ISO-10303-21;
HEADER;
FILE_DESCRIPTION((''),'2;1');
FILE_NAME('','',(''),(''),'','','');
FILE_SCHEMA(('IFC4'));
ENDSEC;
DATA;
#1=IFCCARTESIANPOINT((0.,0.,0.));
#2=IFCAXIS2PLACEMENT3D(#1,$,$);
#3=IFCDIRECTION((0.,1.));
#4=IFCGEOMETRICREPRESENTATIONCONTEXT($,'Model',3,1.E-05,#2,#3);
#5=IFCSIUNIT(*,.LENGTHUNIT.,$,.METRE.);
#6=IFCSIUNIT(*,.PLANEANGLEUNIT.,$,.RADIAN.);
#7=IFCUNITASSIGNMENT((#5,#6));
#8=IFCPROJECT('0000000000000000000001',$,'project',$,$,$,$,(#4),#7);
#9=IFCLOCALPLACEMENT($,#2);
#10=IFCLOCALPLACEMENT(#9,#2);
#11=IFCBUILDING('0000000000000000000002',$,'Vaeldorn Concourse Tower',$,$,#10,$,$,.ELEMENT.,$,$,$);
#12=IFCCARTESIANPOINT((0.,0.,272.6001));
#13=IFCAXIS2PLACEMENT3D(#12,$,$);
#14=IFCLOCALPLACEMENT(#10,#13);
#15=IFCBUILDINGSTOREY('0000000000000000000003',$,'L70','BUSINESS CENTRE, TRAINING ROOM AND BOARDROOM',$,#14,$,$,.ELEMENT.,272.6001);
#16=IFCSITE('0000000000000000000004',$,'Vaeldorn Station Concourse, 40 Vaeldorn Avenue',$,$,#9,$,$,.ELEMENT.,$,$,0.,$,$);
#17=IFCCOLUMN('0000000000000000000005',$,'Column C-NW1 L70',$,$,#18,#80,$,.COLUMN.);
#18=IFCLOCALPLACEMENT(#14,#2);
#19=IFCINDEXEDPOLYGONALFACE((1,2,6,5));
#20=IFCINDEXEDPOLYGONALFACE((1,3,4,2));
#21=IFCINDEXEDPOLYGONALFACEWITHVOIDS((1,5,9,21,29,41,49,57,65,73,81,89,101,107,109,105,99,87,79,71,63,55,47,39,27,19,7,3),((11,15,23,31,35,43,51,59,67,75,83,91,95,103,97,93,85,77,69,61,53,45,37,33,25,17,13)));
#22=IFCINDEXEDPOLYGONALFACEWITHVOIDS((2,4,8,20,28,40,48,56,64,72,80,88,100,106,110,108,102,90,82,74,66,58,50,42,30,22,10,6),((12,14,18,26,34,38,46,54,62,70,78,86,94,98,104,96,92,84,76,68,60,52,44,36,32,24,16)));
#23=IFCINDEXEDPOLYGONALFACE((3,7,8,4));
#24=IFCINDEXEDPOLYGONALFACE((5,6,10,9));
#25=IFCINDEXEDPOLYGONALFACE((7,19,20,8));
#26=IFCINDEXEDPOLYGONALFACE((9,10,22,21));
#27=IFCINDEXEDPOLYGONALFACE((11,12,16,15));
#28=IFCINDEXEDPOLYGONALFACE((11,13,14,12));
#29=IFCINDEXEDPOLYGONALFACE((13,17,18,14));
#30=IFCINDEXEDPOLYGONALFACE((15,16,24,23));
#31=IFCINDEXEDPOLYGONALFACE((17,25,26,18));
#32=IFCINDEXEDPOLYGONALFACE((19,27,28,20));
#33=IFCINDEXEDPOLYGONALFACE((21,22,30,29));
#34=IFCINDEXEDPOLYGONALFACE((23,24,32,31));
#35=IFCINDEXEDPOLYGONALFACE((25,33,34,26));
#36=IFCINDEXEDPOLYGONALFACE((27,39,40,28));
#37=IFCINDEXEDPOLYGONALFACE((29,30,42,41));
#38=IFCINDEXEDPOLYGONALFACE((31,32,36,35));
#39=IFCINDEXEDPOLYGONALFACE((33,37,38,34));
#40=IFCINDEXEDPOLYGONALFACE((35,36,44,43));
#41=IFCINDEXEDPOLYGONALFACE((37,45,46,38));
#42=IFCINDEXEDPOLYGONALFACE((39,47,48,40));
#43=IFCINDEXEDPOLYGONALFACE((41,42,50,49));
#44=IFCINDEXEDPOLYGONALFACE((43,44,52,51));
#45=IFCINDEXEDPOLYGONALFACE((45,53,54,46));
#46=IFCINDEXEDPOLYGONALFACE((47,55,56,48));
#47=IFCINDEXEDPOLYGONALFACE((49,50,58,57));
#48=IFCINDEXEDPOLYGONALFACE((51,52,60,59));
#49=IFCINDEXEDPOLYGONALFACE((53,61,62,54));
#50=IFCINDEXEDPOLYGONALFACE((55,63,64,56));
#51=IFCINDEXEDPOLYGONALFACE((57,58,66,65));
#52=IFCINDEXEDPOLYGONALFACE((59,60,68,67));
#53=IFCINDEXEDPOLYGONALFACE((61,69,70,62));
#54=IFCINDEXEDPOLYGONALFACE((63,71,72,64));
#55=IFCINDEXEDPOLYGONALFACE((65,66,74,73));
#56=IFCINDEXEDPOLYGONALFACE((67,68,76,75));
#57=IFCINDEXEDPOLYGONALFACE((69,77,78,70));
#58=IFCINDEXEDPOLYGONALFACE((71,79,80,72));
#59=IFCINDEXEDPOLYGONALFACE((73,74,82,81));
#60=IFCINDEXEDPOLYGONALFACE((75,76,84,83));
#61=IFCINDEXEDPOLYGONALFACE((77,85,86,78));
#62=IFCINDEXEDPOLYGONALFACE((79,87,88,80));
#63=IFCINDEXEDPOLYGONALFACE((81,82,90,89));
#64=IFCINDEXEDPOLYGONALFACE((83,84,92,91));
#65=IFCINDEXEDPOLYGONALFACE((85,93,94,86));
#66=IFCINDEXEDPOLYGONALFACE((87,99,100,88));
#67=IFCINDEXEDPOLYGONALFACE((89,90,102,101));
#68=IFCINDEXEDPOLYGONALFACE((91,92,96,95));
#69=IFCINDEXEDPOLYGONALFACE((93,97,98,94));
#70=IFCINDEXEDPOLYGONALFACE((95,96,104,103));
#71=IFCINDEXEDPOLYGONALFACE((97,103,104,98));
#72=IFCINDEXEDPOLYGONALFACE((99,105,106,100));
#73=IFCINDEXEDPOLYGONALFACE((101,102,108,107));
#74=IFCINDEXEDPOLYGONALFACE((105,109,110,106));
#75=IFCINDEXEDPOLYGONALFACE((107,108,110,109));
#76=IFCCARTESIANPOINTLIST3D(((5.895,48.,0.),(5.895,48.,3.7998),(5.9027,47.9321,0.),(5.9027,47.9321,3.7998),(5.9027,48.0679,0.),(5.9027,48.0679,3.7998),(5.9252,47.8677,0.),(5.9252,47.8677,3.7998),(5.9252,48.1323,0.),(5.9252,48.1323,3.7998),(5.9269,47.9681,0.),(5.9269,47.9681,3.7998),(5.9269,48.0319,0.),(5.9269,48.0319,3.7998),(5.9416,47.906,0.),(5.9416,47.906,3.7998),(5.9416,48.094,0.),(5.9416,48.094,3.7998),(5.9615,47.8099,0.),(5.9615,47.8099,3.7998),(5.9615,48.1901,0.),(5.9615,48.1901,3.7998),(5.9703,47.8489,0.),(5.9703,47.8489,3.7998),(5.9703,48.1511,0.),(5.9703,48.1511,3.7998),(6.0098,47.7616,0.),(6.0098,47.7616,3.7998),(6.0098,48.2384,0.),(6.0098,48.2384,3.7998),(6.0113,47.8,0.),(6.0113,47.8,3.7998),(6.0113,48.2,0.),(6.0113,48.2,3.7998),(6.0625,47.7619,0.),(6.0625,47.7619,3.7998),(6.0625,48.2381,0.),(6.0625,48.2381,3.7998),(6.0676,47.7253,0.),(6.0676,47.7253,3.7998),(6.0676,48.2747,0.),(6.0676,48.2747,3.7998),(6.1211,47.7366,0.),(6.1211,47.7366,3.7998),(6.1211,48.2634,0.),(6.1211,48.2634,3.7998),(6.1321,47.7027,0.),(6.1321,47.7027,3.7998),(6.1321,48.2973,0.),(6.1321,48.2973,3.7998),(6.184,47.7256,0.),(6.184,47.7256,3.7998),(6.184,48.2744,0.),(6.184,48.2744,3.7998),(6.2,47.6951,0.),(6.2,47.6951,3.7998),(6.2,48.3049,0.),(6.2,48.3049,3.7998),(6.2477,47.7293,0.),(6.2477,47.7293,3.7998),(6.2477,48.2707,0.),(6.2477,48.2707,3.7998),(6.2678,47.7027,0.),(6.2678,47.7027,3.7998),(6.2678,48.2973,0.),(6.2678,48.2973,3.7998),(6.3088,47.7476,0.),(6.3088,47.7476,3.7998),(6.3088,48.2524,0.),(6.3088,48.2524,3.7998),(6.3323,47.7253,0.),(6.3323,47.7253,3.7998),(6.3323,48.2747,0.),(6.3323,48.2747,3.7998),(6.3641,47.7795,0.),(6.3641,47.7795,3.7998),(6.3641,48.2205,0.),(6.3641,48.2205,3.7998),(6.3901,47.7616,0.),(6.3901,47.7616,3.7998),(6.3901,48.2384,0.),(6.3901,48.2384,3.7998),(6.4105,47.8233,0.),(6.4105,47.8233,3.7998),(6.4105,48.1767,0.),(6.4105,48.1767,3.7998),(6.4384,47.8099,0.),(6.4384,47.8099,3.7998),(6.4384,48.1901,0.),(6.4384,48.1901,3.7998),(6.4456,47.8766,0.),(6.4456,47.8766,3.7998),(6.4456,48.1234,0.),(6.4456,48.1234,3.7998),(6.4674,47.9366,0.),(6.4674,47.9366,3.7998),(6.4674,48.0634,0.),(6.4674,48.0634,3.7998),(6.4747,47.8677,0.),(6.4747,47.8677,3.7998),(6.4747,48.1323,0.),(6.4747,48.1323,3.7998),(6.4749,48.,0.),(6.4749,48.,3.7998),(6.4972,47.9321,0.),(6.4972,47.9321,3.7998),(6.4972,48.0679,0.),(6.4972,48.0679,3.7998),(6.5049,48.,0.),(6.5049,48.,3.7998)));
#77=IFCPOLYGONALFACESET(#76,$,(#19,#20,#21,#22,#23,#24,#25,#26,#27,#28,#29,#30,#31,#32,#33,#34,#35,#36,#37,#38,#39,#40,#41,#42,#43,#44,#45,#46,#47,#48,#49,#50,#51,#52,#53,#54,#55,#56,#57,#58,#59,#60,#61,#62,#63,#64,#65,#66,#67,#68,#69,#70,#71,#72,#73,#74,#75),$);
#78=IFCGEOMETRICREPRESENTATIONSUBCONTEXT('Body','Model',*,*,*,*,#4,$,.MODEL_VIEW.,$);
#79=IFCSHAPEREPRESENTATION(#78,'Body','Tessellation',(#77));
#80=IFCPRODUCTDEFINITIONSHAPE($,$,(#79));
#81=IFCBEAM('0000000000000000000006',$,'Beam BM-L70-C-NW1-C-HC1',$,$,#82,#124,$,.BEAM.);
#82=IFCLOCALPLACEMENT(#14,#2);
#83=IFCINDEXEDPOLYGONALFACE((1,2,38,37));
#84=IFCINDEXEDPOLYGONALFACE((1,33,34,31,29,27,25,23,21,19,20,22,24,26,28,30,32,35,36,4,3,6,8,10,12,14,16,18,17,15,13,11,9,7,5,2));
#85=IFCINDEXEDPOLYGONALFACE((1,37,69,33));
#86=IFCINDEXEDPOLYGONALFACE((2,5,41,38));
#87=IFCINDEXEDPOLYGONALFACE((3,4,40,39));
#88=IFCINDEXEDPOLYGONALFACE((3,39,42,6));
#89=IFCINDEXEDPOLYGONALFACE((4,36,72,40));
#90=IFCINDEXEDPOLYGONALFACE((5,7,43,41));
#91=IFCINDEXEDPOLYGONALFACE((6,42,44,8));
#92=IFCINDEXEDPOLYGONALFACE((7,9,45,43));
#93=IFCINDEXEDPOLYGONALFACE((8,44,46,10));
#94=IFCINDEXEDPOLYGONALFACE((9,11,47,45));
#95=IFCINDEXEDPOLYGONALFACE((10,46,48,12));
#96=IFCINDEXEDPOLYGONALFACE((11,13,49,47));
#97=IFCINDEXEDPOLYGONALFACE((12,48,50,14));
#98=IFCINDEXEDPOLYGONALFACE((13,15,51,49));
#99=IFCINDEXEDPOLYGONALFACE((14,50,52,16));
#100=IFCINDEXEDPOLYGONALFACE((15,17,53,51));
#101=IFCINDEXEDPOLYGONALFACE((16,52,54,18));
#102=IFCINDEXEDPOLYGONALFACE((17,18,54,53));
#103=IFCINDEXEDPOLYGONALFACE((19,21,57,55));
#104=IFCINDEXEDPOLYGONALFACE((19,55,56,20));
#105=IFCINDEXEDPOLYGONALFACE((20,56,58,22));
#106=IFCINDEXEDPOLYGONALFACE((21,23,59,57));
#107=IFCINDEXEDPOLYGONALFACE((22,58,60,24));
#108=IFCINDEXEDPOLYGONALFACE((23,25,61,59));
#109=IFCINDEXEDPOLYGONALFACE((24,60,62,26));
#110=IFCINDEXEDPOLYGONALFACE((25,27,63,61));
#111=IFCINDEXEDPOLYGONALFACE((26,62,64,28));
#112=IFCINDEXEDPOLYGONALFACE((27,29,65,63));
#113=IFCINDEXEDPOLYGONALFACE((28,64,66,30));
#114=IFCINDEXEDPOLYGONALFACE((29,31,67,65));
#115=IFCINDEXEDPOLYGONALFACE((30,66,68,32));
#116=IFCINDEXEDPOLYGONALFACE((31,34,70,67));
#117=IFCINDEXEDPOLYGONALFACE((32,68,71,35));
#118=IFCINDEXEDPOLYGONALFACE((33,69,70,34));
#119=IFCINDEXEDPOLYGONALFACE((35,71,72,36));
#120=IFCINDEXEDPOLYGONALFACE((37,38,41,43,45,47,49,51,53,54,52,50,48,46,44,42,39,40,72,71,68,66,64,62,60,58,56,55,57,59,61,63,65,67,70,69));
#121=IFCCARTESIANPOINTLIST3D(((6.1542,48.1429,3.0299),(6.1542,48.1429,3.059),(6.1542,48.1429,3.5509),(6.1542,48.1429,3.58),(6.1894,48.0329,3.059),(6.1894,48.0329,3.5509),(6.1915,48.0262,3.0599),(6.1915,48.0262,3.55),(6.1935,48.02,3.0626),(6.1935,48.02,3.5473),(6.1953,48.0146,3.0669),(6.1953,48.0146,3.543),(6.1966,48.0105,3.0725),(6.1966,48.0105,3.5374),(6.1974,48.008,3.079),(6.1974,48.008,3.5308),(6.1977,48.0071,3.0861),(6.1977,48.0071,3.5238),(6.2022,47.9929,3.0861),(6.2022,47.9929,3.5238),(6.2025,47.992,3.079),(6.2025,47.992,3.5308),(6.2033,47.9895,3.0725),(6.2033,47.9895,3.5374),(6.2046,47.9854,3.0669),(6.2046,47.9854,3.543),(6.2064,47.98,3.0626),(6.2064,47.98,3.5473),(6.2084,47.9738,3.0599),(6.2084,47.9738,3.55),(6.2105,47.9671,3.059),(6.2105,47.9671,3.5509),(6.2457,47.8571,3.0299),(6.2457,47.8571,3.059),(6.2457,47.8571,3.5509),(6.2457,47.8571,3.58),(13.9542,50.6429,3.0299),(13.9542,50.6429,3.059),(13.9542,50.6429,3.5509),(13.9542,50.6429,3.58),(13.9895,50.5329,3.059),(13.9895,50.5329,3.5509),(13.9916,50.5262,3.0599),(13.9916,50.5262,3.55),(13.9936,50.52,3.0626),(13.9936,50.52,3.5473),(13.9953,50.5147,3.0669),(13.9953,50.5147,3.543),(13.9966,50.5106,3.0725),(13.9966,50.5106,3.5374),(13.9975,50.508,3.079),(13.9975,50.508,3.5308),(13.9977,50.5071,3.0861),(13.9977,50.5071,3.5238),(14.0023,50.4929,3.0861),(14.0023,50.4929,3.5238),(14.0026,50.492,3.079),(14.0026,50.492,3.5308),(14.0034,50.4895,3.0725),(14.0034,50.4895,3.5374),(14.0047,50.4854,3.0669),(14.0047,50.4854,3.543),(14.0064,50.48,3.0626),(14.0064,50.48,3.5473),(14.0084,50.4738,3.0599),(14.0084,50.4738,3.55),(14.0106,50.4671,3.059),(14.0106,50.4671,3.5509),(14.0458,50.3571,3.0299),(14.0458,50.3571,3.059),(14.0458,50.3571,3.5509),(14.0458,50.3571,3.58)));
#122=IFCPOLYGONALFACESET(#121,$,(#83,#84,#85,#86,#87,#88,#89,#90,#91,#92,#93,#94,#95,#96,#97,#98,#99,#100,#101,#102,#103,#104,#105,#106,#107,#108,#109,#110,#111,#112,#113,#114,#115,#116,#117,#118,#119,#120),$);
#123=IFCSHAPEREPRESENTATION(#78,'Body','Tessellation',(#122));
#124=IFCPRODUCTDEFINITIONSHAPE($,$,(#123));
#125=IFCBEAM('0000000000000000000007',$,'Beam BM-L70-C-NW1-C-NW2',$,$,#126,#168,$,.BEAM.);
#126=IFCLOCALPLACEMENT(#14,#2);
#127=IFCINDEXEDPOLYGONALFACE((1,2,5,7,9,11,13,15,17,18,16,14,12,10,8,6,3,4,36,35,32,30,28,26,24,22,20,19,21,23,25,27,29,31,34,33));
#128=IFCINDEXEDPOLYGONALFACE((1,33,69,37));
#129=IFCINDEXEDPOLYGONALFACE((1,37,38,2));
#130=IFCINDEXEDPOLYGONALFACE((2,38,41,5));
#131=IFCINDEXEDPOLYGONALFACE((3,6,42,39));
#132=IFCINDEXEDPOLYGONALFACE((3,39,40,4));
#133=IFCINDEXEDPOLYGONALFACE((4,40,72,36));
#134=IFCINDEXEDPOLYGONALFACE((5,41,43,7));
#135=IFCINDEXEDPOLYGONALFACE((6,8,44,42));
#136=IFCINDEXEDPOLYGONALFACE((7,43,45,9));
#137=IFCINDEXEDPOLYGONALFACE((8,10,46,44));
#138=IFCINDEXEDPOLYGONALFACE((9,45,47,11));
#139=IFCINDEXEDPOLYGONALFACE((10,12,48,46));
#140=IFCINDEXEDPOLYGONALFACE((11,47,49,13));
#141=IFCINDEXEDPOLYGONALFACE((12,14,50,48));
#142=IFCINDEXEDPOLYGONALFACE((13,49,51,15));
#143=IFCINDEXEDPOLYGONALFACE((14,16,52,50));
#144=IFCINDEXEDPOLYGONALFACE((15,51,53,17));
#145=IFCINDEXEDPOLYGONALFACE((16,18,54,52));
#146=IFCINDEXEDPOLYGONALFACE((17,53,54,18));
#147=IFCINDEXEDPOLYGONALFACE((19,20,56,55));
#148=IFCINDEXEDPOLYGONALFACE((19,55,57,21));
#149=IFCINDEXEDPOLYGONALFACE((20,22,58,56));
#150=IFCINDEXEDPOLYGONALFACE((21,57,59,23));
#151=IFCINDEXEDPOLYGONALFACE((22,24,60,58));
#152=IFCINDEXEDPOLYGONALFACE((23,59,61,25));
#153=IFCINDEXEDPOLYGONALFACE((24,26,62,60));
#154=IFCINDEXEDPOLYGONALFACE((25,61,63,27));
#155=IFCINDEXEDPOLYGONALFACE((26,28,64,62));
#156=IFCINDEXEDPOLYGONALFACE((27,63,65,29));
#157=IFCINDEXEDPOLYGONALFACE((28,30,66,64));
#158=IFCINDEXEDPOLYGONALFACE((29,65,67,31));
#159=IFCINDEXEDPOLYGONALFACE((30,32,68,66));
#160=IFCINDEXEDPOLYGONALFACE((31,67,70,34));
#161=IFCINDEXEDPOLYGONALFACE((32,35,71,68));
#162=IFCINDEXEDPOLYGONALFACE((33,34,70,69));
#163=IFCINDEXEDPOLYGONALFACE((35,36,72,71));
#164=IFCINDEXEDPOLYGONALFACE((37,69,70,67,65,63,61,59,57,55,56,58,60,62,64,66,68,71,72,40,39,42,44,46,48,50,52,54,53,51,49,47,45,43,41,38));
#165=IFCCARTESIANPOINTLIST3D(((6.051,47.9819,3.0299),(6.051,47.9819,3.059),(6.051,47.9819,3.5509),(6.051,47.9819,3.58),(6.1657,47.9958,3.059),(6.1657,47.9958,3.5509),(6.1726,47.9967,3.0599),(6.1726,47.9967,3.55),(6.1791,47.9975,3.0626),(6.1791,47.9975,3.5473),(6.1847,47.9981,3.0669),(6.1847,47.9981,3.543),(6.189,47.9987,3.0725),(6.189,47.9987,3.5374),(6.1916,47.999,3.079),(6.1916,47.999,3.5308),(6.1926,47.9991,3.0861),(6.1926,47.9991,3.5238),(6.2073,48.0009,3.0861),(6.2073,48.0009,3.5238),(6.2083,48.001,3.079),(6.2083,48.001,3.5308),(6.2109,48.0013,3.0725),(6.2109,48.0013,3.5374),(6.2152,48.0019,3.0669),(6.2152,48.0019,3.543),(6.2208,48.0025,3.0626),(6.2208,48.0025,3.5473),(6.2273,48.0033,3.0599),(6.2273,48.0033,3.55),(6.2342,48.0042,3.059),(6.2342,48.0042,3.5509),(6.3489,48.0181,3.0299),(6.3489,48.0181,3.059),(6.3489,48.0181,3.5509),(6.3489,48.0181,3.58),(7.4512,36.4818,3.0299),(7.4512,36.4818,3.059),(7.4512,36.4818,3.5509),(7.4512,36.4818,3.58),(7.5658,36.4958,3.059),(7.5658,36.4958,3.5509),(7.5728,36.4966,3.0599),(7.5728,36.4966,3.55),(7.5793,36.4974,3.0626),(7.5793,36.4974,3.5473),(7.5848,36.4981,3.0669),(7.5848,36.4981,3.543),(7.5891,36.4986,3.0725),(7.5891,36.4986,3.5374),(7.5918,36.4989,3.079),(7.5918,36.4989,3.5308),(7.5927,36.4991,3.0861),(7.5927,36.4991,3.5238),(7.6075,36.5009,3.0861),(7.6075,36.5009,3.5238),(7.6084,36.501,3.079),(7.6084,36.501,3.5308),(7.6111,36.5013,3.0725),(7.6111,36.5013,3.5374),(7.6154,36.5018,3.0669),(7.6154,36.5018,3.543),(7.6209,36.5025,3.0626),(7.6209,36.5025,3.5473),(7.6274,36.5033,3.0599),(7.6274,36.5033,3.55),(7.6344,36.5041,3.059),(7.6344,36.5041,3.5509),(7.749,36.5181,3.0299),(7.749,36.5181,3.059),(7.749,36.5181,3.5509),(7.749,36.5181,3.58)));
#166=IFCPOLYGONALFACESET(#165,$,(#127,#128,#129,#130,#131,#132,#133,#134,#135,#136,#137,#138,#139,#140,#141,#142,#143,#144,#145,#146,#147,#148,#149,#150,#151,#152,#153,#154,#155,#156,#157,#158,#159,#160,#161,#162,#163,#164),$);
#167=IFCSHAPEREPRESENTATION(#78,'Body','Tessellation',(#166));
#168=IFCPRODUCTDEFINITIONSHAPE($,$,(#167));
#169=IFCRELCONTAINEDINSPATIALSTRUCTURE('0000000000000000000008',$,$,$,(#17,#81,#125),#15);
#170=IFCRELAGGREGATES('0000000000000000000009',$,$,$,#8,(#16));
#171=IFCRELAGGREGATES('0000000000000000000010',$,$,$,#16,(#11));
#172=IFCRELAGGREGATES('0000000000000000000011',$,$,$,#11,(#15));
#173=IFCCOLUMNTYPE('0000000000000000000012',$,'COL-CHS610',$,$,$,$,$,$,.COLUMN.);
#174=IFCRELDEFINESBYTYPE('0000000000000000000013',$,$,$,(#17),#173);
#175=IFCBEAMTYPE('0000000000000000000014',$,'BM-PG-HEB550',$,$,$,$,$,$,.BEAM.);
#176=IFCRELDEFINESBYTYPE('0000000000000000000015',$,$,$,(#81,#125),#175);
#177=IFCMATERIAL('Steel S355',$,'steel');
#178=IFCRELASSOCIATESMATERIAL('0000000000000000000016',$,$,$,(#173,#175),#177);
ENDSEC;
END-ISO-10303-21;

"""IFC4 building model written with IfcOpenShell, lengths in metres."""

from ifc_helpers import new_model, si_unit, direction, frame, origin, origin_2d, place, context, subcontext, project, spatial, hollow_circle, i_section, extrude, source, transform, mapped, material, material_profile, profile_set, type_object, element, save


model = new_model("IFC4")

# Units and contexts
model_context = context("Model", 3, precision=1e-05, world=origin(), true_north=direction((0.0, 1.0)))
body_context = subcontext(model_context, "Body", "Model", "MODEL_VIEW")
ifc_project = project(units=[si_unit("LENGTHUNIT", "METRE"), si_unit("PLANEANGLEUNIT", "RADIAN")], contexts=[model_context])

# Site, building, storey
site_placement = place(None, origin())
site = spatial("IfcSite", under=ifc_project, at=site_placement, Name="Vaeldorn Station Concourse, 40 Vaeldorn Avenue", CompositionType="ELEMENT", RefElevation=0.0)
building_placement = place(site_placement, origin())
building = spatial("IfcBuilding", under=site, at=building_placement, Name="Vaeldorn Concourse Tower", CompositionType="ELEMENT")
storey_placement = place(building_placement, frame((0.0, 0.0, 272.6001)))
storey = spatial("IfcBuildingStorey", under=building, at=storey_placement, Name="L70", Description="BUSINESS CENTRE, TRAINING ROOM AND BOARDROOM", CompositionType="ELEMENT", Elevation=272.6001)

# Column
ifc_material_1 = material(Name="Steel S355", Category="steel")
ifc_material_profile_1 = material_profile(ifc_material_1, hollow_circle(Radius=0.3049, WallThickness=0.03, at=origin_2d()), Name="CHS 610x30")
ifc_profile_set_1 = profile_set([ifc_material_profile_1], Name="Steel S355")
column_type = type_object("IfcColumnType", Name="COL-CHS610", PredefinedType="COLUMN", material=ifc_profile_set_1)
shared_shape_1 = source(origin(), body_context, "Body", "SweptSolid", [
    extrude(hollow_circle(Radius=0.3049, WallThickness=0.03, at=origin_2d()), origin(), (0.0, 0.0, 1.0), 3.7998),
])
column_placement = place(storey_placement, frame((6.2, 48.0, 0.0), z_axis=(0.0, 0.0, 1.0), x_axis=(1.0, 0.0, 0.0)))
element("IfcColumn", 1, at=column_placement, inside=storey, type_object=column_type, Name="Column C-NW1 L70", PredefinedType="COLUMN", context=body_context, shape_type="MappedRepresentation", body=[
    mapped(shared_shape_1, transform((0.0, 0.0, 0.0), scale=1.0)),
])

# Beams
ifc_material_profile_2 = material_profile(ifc_material_1, i_section(OverallWidth=0.3, OverallDepth=0.55, WebThickness=0.0149, FlangeThickness=0.0291, FilletRadius=0.0271, at=origin_2d()), Name="HEB 550")
ifc_profile_set_2 = profile_set([ifc_material_profile_2], Name="Steel S355")
beam_type_1 = type_object("IfcBeamType", Name="BM-PG-HEB550", PredefinedType="BEAM", material=ifc_profile_set_2)
shared_shape_2 = source(origin(), body_context, "Body", "SweptSolid", [
    extrude(i_section(OverallWidth=0.3, OverallDepth=0.55, WebThickness=0.0149, FlangeThickness=0.0291, FilletRadius=0.0271, at=origin_2d()), origin(), (0.0, 0.0, 1.0), 8.1909),
])
beam_1_placement = place(storey_placement, frame((6.2, 48.0, 3.3049), z_axis=(0.952283, 0.305217, 0.0), x_axis=(-0.305217, 0.952283, 0.0)))
element("IfcBeam", 2, at=beam_1_placement, inside=storey, type_object=beam_type_1, Name="Beam BM-L70-C-NW1-C-HC1", PredefinedType="BEAM", context=body_context, shape_type="MappedRepresentation", body=[
    mapped(shared_shape_2, transform((0.0, 0.0, 0.0), scale=1.0)),
])
shared_shape_3 = source(origin(), body_context, "Body", "SweptSolid", [
    extrude(i_section(OverallWidth=0.3, OverallDepth=0.55, WebThickness=0.0149, FlangeThickness=0.0291, FilletRadius=0.0271, at=origin_2d()), origin(), (0.0, 0.0, 1.0), 11.585),
])
beam_2_placement = place(storey_placement, frame((6.2, 48.0, 3.3049), z_axis=(0.120859, -0.99267, 0.0), x_axis=(0.99267, 0.120859, 0.0)))
element("IfcBeam", 3, at=beam_2_placement, inside=storey, type_object=beam_type_1, Name="Beam BM-L70-C-NW1-C-NW2", PredefinedType="BEAM", context=body_context, shape_type="MappedRepresentation", body=[
    mapped(shared_shape_3, transform((0.0, 0.0, 0.0), scale=1.0)),
])

save(model, "model.ifc")
